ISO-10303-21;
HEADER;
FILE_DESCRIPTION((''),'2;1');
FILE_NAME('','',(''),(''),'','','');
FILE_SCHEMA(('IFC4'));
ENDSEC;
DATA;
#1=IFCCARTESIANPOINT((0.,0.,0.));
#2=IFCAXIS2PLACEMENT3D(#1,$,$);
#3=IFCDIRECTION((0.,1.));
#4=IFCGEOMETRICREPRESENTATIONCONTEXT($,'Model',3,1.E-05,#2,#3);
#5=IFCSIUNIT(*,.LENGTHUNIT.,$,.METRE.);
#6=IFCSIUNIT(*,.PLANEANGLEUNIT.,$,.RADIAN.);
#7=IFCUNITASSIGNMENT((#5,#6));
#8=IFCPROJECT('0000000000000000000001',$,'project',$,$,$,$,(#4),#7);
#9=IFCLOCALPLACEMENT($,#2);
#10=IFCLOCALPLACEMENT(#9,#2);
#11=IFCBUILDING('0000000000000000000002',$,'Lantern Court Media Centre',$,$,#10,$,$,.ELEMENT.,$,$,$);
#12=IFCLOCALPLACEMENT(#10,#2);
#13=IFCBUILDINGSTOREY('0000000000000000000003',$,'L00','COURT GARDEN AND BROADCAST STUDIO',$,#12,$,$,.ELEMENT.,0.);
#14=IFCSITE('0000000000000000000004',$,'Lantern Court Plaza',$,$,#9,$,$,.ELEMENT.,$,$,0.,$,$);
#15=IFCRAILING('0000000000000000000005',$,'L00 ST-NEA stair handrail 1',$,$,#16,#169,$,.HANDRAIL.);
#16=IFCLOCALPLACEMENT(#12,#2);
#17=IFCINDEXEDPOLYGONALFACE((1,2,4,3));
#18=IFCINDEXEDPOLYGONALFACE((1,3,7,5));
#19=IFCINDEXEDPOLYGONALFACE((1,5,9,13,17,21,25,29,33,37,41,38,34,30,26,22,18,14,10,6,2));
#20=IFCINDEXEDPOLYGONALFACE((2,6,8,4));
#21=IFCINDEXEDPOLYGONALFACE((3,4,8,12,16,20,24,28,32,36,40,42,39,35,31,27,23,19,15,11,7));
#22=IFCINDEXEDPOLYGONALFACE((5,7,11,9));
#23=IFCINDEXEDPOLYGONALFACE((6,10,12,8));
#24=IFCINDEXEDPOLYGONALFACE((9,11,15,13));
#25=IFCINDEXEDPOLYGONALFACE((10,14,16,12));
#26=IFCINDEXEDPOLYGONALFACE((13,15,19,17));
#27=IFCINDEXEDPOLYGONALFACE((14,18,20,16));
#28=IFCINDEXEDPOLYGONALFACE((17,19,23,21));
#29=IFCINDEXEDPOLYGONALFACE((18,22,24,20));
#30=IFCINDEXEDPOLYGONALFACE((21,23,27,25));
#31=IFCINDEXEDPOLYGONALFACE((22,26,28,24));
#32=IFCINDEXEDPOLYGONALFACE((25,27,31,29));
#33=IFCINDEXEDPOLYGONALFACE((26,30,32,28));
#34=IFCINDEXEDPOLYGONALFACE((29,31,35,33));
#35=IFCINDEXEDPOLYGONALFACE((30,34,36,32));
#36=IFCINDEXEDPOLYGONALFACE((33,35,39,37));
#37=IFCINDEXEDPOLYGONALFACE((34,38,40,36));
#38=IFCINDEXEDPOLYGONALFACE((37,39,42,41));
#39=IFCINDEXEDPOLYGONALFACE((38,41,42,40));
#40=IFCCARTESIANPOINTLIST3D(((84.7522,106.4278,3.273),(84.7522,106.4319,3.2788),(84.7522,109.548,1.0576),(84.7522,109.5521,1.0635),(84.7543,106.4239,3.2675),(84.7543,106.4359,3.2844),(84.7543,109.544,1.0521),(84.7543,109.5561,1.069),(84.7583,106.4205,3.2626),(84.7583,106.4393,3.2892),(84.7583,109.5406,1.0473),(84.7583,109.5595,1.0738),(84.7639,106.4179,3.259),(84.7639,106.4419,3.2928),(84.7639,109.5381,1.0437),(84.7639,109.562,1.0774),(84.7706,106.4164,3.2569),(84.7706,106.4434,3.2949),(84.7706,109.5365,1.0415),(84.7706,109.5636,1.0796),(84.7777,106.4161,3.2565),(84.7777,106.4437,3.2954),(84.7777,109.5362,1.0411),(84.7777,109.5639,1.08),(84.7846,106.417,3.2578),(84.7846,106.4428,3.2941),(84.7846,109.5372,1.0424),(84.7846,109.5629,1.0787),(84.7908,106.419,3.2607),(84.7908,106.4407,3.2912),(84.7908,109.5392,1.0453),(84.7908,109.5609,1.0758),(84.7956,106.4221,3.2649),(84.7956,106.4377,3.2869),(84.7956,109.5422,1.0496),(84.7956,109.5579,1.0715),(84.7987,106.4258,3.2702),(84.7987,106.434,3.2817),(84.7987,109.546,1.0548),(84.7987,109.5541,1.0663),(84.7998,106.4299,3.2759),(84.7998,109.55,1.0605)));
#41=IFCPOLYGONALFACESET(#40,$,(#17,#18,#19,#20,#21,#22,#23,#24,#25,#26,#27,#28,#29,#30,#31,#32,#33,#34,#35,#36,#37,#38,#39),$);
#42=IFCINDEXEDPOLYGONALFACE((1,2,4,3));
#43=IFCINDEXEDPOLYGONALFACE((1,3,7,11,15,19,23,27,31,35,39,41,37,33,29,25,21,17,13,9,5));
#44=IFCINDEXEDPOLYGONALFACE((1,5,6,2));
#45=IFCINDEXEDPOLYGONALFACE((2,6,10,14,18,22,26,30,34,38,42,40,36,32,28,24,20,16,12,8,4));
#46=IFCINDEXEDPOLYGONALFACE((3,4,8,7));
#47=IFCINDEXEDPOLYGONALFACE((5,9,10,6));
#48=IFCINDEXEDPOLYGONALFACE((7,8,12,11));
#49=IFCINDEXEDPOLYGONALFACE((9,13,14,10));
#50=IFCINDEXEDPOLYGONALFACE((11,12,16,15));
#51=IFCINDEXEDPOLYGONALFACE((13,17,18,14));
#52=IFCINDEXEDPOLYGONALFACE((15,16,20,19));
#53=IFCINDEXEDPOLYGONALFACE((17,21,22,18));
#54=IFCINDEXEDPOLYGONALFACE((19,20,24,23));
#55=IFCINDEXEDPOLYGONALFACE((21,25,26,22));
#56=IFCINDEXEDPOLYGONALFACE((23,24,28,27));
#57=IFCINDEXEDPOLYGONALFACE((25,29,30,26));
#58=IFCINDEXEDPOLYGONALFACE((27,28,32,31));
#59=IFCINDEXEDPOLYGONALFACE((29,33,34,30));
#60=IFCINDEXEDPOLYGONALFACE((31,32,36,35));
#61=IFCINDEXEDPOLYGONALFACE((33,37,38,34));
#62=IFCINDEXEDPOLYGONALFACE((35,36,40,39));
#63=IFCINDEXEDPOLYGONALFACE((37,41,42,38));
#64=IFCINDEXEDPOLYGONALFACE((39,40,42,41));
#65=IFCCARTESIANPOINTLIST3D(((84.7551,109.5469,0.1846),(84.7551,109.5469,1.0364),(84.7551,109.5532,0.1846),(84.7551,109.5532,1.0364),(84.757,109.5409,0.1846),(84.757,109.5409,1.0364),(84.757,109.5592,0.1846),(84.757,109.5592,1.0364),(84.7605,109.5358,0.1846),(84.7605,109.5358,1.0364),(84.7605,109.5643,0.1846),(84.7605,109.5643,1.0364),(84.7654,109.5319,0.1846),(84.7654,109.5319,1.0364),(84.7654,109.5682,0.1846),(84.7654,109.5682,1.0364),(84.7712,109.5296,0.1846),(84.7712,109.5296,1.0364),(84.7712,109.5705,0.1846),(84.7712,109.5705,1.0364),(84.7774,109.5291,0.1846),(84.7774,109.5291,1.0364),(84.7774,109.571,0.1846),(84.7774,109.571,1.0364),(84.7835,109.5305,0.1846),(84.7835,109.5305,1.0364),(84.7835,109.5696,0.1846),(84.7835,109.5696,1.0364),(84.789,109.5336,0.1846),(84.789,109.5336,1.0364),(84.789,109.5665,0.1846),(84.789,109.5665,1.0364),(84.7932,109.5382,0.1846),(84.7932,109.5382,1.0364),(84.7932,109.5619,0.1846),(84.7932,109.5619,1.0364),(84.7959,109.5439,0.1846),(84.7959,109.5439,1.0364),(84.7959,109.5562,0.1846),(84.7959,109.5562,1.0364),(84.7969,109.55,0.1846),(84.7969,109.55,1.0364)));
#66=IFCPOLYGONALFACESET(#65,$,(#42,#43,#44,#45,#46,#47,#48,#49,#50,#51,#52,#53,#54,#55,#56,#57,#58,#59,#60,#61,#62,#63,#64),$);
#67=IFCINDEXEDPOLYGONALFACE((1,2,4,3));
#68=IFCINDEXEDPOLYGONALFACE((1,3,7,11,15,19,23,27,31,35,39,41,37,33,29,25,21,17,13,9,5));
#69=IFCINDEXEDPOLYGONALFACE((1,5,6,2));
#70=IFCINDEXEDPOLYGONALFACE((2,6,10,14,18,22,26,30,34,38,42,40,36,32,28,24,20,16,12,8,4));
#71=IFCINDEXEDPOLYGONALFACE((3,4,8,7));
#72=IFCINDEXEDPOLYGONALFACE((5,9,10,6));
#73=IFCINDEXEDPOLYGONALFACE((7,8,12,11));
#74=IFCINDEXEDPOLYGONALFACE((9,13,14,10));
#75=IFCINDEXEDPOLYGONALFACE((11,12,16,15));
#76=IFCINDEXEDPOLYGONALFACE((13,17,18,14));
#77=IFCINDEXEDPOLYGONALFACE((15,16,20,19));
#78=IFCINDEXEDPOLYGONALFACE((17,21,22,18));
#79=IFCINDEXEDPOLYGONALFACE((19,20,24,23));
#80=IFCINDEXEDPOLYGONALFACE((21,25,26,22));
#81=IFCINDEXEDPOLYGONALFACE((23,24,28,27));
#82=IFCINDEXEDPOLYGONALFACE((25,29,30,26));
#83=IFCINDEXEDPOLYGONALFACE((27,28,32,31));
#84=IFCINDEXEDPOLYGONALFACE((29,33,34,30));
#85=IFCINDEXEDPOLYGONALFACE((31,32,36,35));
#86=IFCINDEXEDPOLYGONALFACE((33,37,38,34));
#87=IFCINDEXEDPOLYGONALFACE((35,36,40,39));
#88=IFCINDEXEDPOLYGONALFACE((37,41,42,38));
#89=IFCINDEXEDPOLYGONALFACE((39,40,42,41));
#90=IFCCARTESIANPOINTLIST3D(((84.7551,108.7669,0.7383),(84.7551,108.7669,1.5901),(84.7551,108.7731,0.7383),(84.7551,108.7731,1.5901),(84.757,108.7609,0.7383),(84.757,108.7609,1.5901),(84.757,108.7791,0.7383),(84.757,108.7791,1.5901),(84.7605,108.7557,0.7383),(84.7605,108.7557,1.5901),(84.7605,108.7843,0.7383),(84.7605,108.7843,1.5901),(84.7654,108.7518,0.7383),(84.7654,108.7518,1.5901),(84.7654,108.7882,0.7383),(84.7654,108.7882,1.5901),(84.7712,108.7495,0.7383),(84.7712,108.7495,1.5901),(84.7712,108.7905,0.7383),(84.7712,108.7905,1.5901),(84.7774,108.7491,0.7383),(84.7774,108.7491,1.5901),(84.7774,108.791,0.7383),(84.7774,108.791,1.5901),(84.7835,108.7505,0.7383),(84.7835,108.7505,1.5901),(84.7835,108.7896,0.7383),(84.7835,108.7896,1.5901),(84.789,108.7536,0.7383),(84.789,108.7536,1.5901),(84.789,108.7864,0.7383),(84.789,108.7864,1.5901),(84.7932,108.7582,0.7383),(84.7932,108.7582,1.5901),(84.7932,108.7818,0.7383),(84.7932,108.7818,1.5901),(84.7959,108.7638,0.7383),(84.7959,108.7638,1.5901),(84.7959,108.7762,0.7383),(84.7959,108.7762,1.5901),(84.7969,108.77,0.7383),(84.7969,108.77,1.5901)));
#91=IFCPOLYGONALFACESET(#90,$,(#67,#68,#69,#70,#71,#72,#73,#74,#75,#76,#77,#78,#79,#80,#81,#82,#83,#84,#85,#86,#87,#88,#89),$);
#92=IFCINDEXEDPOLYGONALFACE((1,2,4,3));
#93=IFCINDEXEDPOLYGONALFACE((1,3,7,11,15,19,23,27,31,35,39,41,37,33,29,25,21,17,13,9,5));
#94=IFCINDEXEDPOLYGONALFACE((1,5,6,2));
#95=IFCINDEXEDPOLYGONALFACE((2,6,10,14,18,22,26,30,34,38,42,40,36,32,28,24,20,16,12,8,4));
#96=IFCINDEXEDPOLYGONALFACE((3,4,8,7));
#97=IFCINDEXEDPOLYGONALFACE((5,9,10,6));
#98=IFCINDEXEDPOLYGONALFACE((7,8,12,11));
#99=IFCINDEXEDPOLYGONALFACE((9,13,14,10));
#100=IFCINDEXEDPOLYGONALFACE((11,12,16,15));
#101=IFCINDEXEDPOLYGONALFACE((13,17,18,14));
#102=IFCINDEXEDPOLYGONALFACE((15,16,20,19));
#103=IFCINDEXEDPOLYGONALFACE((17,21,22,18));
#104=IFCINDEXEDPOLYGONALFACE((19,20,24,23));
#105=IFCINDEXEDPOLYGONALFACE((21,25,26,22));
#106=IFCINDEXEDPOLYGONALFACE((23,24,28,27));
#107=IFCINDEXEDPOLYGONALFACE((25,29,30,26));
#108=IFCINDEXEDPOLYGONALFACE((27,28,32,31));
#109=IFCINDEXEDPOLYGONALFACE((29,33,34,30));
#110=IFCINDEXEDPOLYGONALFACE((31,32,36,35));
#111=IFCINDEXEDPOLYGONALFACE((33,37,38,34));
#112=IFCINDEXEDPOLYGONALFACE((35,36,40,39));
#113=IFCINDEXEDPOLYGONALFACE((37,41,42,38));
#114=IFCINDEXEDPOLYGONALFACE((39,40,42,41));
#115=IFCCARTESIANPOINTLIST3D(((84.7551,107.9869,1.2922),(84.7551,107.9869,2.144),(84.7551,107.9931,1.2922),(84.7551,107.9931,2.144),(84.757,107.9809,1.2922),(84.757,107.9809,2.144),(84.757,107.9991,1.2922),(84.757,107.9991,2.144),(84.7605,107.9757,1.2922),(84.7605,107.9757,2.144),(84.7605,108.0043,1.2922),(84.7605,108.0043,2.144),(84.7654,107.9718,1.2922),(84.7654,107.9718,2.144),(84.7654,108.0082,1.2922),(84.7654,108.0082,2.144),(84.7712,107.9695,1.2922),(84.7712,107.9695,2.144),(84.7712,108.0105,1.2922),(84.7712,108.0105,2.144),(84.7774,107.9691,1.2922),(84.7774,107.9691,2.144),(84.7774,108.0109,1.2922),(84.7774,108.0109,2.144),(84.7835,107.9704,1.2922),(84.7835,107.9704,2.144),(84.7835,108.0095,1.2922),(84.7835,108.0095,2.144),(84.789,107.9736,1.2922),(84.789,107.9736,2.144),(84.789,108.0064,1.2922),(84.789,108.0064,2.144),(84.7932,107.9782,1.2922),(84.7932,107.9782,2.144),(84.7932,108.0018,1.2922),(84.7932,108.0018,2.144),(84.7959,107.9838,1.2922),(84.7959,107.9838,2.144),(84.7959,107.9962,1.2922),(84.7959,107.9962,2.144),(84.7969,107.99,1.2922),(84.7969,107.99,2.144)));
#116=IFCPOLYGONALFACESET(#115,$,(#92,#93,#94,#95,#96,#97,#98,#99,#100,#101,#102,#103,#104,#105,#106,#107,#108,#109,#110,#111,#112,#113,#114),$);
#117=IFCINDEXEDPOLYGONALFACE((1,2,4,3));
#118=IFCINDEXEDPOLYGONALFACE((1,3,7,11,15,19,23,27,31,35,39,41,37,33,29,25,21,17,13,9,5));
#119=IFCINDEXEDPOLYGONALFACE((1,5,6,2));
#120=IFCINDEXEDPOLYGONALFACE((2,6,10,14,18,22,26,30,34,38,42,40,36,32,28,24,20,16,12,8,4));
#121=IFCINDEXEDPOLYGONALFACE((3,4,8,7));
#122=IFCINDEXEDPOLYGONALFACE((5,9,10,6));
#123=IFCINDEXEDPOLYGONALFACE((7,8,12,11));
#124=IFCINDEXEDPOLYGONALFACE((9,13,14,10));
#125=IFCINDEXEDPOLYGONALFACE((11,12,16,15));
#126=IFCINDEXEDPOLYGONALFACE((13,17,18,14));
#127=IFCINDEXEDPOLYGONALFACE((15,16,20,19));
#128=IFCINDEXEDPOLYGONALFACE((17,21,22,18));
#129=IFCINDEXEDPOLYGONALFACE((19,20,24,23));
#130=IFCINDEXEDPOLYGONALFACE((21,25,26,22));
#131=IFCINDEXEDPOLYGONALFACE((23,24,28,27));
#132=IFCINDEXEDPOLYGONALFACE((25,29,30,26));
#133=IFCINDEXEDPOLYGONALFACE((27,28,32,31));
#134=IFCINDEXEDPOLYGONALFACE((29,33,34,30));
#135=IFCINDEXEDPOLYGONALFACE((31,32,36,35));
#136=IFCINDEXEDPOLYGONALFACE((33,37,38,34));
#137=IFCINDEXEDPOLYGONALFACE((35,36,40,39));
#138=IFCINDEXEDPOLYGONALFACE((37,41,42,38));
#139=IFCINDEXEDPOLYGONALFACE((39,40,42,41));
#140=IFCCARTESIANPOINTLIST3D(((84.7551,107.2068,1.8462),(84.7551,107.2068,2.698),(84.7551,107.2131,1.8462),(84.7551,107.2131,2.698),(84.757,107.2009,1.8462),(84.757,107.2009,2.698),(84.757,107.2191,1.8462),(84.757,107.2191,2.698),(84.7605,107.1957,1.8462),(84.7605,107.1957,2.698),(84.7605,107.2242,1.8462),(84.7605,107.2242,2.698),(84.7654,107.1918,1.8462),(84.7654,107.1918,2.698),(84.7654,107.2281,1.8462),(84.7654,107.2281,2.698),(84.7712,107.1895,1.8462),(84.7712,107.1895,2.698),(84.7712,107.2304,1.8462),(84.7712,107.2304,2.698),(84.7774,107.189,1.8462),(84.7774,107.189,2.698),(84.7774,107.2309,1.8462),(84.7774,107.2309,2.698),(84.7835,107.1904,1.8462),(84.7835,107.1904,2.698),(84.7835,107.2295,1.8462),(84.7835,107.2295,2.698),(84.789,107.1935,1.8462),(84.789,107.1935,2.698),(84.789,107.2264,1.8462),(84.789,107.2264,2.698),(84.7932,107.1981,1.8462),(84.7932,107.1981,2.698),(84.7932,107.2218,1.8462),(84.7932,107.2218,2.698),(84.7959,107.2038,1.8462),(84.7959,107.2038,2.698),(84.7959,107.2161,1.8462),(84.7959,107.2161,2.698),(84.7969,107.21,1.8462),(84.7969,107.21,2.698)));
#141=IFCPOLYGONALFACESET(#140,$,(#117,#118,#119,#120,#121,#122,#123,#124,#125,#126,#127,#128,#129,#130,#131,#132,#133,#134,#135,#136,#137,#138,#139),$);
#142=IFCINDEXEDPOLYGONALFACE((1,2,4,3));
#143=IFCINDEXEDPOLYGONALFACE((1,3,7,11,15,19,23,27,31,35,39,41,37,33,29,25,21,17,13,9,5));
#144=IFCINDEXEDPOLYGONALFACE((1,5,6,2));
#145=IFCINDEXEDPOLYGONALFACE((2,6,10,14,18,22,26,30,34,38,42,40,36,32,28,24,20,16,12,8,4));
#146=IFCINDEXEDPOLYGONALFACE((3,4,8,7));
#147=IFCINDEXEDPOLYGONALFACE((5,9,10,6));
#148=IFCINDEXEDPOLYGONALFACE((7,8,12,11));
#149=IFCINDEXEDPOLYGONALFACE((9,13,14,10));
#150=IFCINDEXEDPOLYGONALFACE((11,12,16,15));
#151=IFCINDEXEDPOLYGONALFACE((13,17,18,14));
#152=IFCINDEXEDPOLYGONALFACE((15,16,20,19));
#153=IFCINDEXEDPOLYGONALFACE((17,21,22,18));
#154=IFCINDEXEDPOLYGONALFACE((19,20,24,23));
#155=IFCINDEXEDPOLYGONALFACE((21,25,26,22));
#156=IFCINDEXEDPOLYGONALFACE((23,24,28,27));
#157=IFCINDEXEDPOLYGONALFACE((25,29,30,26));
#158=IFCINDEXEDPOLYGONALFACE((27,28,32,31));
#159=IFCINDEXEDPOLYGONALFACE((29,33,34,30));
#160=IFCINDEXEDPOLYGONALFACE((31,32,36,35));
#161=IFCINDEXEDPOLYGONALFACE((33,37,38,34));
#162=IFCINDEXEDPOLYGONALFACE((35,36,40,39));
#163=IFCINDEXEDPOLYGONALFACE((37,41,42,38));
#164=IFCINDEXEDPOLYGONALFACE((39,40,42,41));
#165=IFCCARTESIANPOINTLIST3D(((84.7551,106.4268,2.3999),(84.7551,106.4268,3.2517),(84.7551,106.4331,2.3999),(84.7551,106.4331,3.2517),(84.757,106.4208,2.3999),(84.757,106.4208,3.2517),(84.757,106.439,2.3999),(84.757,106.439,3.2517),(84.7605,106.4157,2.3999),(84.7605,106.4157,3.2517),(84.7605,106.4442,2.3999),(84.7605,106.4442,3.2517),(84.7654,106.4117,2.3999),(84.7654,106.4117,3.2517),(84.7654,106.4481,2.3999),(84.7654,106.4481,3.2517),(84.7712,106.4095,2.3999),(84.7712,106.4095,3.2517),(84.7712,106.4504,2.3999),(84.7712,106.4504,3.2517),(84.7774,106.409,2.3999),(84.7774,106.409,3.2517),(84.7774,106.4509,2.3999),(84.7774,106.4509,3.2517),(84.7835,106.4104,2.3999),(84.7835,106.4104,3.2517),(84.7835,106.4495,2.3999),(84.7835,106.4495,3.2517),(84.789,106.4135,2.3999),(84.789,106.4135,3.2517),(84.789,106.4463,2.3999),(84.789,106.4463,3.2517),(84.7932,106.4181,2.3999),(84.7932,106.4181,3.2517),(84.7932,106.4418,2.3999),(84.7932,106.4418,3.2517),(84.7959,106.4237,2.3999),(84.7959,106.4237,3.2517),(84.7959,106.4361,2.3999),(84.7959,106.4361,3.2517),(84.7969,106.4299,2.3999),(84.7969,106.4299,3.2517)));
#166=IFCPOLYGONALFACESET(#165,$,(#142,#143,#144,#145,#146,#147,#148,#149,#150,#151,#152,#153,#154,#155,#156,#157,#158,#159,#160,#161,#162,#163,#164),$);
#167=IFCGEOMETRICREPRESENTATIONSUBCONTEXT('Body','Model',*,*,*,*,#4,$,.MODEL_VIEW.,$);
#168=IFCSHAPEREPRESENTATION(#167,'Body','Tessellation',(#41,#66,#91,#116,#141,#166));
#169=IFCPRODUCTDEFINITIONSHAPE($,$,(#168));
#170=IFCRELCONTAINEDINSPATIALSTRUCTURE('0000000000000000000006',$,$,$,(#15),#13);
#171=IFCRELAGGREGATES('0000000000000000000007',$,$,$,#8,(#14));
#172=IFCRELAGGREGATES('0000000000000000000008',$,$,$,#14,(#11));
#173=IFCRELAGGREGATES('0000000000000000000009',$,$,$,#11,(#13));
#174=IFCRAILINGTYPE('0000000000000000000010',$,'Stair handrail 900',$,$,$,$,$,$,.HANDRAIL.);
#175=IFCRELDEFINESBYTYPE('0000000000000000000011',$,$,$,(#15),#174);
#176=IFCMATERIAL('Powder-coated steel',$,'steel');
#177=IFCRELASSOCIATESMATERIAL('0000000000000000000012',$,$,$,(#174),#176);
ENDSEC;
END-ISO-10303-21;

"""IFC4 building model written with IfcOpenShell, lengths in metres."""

from ifc_helpers import new_model, si_unit, direction, frame, origin, origin_2d, place, context, subcontext, project, spatial, circle, extrude, material, type_object, element, save


model = new_model("IFC4")

# Units and contexts
model_context = context("Model", 3, precision=1e-05, world=origin(), true_north=direction((0.0, 1.0)))
body_context = subcontext(model_context, "Body", "Model", "MODEL_VIEW")
ifc_project = project(units=[si_unit("LENGTHUNIT", "METRE"), si_unit("PLANEANGLEUNIT", "RADIAN")], contexts=[model_context])

# Site, building, storey
site_placement = place(None, origin())
site = spatial("IfcSite", under=ifc_project, at=site_placement, Name="Lantern Court Plaza", CompositionType="ELEMENT", RefElevation=0.0)
building_placement = place(site_placement, origin())
building = spatial("IfcBuilding", under=site, at=building_placement, Name="Lantern Court Media Centre", CompositionType="ELEMENT")
storey_placement = place(building_placement, origin())
storey = spatial("IfcBuildingStorey", under=building, at=storey_placement, Name="L00", Description="COURT GARDEN AND BROADCAST STUDIO", CompositionType="ELEMENT", Elevation=0.0)

# Railing
ifc_material_1 = material(Name="Powder-coated steel", Category="steel")
railing_type_1 = type_object("IfcRailingType", Name="Stair handrail 900", PredefinedType="HANDRAIL", material=ifc_material_1)
railing_1_placement = place(storey_placement, frame((84.7759, 109.55, 0.1846)))
element("IfcRailing", 1, at=railing_1_placement, inside=storey, type_object=railing_type_1, Name="L00 ST-NEA stair handrail 1", PredefinedType="HANDRAIL", context=body_context, shape_type="SweptSolid", body=[
    extrude(circle(Radius=0.0239, at=origin_2d()), frame((0.0, 0.0, 0.876), z_axis=(0.0, -0.815377, 0.57893), x_axis=(1.0, 0.0, 0.0)), (0.0, 0.0, 1.0), 3.8267),
    extrude(circle(Radius=0.021, at=origin_2d()), origin(), (0.0, 0.0, 1.0), 0.8518),
    extrude(circle(Radius=0.021, at=origin_2d()), frame((0.0, -0.78, 0.5537)), (0.0, 0.0, 1.0), 0.8518),
    extrude(circle(Radius=0.021, at=origin_2d()), frame((0.0, -1.5601, 1.1077)), (0.0, 0.0, 1.0), 0.8518),
    extrude(circle(Radius=0.021, at=origin_2d()), frame((0.0, -2.3401, 1.6616)), (0.0, 0.0, 1.0), 0.8518),
    extrude(circle(Radius=0.021, at=origin_2d()), frame((0.0, -3.1201, 2.2153)), (0.0, 0.0, 1.0), 0.8518),
])

save(model, "model.ifc")
